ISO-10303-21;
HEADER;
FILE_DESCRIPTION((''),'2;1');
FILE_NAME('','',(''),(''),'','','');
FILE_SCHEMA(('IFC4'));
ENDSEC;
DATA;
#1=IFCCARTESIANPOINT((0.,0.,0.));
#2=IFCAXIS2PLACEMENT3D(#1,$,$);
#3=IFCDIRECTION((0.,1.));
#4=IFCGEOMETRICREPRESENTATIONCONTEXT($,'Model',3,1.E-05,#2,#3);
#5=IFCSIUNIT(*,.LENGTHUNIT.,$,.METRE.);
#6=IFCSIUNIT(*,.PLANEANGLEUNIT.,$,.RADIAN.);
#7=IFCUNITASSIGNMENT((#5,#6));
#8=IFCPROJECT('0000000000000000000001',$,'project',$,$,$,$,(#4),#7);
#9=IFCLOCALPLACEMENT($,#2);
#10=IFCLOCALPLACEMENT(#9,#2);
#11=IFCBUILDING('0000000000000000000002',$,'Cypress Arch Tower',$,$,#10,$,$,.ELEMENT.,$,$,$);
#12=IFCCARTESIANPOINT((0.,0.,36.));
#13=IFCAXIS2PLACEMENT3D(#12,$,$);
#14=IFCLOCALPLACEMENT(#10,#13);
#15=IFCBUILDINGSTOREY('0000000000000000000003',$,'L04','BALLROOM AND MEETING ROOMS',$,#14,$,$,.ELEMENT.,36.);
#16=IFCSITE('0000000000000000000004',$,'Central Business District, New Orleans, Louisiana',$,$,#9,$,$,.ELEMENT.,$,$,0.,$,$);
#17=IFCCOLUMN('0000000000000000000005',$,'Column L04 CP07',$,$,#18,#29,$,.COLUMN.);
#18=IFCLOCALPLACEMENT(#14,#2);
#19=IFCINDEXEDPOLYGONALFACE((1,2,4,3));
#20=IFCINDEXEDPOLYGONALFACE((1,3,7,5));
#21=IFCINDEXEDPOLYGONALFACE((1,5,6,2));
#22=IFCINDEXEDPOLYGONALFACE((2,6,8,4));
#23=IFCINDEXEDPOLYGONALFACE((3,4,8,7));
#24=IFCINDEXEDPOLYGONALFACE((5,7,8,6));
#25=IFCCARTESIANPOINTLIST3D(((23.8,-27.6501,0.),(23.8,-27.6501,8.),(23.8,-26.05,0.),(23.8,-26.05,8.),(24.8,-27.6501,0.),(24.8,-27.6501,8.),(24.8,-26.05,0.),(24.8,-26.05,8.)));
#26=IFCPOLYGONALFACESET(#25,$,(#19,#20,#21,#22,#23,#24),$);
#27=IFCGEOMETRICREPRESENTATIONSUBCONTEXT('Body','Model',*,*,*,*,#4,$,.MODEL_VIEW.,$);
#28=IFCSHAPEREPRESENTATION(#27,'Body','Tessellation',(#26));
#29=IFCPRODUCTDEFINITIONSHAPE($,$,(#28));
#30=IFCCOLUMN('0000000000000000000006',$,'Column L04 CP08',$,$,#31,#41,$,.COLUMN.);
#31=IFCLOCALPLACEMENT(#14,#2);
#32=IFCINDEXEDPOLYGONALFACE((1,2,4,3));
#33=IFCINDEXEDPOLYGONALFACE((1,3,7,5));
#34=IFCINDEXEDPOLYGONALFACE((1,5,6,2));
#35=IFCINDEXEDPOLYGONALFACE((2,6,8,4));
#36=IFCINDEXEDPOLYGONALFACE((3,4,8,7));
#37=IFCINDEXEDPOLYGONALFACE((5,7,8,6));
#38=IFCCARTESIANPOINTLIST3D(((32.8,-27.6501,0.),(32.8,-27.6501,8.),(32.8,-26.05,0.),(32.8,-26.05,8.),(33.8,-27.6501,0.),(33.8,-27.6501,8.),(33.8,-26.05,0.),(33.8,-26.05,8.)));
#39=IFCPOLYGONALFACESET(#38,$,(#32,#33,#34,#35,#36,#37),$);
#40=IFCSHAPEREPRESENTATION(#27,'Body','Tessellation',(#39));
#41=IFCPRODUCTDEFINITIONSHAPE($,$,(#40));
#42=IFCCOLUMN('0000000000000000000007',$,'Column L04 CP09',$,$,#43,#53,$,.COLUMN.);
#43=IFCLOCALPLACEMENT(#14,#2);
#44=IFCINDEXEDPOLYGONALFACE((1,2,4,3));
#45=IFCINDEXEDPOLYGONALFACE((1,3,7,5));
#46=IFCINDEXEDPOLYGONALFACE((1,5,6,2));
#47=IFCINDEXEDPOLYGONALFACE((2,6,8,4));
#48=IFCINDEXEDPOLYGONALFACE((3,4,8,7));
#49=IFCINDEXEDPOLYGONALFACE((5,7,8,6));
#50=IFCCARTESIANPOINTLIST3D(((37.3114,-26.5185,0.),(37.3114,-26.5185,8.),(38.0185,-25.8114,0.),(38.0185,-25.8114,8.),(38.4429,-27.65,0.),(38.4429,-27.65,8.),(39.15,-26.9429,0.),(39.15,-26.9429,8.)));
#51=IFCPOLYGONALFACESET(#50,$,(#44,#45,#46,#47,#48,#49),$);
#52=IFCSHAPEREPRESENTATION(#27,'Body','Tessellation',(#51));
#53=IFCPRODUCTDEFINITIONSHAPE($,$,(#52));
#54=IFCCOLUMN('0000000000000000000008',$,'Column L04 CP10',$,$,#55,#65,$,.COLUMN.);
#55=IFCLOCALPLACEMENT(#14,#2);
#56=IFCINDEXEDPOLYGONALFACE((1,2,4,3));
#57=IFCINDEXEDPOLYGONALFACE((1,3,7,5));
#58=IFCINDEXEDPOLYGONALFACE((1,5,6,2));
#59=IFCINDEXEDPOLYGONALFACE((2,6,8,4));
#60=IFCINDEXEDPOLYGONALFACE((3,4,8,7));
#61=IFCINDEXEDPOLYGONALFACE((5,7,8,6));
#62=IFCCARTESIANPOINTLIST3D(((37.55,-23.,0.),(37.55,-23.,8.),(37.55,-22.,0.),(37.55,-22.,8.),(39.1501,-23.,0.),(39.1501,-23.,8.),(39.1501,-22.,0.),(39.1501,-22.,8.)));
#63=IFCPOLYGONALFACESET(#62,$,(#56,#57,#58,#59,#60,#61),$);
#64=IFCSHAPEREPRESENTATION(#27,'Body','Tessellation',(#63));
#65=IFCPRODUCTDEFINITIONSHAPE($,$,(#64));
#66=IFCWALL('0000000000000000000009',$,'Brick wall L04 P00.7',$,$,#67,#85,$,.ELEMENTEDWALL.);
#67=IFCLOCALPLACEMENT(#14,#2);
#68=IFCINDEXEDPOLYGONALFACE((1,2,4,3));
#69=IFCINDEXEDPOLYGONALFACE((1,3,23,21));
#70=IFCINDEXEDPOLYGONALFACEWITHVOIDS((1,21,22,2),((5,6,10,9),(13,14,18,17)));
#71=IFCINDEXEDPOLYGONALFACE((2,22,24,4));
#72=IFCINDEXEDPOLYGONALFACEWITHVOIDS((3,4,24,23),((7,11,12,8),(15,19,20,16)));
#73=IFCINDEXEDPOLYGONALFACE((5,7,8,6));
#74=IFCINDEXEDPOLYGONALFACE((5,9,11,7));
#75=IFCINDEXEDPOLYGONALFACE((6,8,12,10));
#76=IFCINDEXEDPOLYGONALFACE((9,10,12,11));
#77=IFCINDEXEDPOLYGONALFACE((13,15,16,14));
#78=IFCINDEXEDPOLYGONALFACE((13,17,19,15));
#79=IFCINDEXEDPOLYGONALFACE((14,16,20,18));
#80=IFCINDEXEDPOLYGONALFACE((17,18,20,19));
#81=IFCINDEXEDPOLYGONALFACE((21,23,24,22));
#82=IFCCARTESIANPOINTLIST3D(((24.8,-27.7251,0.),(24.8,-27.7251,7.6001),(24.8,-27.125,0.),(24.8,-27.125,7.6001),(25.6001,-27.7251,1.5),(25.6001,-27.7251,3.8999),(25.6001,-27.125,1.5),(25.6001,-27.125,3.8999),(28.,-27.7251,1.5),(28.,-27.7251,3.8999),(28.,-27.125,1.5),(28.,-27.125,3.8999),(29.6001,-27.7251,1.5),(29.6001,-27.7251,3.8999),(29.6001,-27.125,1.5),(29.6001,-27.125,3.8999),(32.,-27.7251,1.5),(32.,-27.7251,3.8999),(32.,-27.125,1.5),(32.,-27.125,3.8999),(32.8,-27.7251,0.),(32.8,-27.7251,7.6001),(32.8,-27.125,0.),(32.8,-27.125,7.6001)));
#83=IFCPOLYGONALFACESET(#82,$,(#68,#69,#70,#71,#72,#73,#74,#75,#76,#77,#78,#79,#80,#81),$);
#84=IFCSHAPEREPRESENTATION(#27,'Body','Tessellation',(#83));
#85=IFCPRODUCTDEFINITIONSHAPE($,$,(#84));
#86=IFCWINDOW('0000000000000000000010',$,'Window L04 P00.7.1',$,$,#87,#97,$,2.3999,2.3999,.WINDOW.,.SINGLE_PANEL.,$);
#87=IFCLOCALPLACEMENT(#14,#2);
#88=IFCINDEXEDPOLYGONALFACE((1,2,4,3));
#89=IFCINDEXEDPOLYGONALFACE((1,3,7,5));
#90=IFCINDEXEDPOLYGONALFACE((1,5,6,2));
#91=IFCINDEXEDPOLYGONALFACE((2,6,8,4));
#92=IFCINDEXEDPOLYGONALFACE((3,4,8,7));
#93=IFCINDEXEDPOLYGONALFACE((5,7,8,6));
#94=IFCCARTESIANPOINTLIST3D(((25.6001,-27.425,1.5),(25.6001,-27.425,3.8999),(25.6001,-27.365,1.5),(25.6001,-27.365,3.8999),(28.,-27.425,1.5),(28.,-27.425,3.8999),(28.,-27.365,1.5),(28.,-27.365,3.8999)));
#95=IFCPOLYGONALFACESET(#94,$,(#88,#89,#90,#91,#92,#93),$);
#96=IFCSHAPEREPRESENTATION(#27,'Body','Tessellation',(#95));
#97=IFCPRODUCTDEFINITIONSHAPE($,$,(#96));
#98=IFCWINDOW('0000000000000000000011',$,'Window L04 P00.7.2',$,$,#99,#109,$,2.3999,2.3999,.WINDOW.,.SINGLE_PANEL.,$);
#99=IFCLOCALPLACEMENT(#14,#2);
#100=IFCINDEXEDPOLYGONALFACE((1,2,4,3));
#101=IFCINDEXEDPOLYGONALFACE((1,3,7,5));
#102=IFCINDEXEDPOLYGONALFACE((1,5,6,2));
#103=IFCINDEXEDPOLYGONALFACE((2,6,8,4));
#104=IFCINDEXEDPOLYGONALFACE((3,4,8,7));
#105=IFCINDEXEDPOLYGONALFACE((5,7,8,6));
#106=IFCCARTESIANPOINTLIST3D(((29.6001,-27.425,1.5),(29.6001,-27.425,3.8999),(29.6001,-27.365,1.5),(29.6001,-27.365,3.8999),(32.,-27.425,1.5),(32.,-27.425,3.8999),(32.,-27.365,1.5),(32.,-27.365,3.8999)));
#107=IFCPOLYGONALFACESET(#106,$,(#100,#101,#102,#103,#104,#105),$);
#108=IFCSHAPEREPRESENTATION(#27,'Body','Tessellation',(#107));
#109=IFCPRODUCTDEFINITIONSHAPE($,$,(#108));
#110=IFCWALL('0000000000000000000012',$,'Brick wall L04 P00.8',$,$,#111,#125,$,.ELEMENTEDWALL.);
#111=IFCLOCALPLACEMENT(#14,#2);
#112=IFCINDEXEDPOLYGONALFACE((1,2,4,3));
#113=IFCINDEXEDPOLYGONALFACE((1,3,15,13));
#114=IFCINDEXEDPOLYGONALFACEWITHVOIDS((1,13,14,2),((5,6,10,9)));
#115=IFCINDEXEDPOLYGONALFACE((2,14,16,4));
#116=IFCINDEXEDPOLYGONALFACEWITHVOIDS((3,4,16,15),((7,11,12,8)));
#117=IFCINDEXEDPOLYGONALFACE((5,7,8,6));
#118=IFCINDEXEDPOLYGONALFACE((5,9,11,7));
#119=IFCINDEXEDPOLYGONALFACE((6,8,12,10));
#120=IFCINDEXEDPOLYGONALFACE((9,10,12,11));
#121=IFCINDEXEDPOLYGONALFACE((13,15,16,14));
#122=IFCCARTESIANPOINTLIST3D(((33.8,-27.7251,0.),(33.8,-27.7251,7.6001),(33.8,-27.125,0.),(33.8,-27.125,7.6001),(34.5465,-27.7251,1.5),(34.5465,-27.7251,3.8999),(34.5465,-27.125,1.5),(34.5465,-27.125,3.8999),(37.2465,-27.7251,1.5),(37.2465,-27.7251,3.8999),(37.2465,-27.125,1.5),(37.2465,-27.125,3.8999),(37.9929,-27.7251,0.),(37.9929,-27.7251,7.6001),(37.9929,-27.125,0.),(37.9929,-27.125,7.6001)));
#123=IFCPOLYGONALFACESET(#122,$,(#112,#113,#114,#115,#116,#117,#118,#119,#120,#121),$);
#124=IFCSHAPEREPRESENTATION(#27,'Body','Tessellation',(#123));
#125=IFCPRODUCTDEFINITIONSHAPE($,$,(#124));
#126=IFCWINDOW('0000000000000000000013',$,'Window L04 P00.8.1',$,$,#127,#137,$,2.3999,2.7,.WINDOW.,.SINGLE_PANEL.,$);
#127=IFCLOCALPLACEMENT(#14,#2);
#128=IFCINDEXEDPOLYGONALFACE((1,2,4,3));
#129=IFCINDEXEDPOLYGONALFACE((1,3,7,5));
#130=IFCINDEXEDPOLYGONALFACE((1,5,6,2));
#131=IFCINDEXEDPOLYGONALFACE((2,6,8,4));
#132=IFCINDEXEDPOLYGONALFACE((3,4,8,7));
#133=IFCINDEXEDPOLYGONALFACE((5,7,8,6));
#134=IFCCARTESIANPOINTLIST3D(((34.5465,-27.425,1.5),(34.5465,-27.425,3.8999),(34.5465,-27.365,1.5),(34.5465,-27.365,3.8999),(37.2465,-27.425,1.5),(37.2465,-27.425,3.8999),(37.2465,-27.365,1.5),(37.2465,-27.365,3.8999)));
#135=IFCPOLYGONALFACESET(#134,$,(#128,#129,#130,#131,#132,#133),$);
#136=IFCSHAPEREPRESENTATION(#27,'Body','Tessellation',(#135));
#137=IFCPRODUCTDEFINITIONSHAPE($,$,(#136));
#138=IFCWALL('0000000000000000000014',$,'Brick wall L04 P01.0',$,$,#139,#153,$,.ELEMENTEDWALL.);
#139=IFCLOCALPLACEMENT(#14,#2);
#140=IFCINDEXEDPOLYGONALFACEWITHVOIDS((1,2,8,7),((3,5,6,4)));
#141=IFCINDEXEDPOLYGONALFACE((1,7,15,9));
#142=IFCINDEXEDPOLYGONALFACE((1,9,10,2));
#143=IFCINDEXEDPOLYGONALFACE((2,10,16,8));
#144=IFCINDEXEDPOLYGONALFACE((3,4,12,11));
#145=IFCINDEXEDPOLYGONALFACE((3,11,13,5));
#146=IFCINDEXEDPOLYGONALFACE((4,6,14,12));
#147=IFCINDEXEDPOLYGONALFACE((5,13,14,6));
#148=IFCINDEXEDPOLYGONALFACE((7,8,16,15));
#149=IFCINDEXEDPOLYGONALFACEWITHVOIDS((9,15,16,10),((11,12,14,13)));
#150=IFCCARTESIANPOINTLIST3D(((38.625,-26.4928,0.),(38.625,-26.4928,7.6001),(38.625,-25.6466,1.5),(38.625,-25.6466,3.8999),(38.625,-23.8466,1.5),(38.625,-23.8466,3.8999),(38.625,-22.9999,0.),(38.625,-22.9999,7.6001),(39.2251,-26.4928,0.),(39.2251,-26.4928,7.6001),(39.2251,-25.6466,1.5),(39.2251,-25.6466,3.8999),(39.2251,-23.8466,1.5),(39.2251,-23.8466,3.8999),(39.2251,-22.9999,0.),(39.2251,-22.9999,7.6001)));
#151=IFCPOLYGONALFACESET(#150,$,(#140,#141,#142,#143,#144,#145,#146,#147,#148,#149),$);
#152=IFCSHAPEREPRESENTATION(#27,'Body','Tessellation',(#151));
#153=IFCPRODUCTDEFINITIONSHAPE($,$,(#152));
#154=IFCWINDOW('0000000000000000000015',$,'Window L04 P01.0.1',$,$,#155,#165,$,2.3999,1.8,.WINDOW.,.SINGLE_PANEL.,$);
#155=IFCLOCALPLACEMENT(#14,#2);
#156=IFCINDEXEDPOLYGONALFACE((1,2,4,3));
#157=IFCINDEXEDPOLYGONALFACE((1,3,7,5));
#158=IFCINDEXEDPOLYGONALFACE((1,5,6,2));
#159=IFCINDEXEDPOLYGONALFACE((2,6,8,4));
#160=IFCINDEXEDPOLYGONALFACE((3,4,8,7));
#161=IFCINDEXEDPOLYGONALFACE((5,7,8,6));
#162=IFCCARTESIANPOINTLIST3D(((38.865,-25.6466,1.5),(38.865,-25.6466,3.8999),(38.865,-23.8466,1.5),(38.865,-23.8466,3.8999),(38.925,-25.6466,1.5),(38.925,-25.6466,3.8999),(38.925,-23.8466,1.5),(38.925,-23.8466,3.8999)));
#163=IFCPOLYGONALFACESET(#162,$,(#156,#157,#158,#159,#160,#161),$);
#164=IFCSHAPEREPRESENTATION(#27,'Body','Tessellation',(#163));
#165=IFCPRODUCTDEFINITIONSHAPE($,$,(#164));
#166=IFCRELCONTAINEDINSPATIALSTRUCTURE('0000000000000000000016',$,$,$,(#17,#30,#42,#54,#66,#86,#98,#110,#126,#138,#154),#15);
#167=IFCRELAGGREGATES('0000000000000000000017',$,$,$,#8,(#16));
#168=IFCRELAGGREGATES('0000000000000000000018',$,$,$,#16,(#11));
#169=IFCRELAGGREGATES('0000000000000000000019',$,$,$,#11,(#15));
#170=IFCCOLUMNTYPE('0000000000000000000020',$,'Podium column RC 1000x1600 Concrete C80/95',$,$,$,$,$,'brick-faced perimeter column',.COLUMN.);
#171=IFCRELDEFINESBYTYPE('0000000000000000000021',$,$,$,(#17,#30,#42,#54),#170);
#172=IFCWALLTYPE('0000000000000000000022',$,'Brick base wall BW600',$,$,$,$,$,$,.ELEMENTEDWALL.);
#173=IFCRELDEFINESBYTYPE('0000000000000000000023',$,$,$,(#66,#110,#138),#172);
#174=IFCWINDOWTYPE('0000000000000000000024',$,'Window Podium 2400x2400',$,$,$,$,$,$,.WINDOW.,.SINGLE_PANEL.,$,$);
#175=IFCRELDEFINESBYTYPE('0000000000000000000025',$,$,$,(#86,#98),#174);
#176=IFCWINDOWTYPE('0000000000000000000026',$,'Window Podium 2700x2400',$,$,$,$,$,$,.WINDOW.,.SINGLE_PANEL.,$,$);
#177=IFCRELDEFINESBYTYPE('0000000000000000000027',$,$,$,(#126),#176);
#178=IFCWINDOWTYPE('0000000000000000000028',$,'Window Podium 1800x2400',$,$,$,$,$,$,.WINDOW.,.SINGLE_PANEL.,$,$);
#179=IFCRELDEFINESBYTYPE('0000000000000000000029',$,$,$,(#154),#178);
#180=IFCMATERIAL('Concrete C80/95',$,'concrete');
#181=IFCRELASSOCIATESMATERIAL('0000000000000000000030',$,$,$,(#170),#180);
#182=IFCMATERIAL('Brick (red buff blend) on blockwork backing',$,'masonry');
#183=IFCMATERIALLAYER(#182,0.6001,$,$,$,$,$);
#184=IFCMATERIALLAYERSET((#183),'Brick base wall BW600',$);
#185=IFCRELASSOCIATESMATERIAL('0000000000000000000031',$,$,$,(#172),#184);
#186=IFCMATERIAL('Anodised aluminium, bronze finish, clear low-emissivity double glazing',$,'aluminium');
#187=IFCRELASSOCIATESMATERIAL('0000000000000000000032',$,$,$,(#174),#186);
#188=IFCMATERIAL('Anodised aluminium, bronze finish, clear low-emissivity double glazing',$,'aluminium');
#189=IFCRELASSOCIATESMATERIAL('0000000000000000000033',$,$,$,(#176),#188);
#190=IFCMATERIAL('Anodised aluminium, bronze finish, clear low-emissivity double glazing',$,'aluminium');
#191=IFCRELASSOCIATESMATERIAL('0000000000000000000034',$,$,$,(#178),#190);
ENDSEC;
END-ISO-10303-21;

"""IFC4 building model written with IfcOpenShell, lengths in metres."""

from ifc_helpers import new_model, si_unit, direction, frame, frame_2d, origin, origin_2d, place, context, subcontext, project, spatial, rectangle, extrude, material, layer, layer_set, material_profile, profile_set, type_object, element, fill, save


model = new_model("IFC4")

# Units and contexts
model_context = context("Model", 3, precision=1e-05, world=origin(), true_north=direction((0.0, 1.0)))
body_context = subcontext(model_context, "Body", "Model", "MODEL_VIEW")
ifc_project = project(units=[si_unit("LENGTHUNIT", "METRE"), si_unit("PLANEANGLEUNIT", "RADIAN")], contexts=[model_context])

# Site, building, storey
site_placement = place(None, origin())
site = spatial("IfcSite", under=ifc_project, at=site_placement, Name="Central Business District, New Orleans, Louisiana", CompositionType="ELEMENT", RefElevation=0.0)
building_placement = place(site_placement, origin())
building = spatial("IfcBuilding", under=site, at=building_placement, Name="Cypress Arch Tower", CompositionType="ELEMENT")
storey_placement = place(building_placement, frame((0.0, 0.0, 36.0)))
storey = spatial("IfcBuildingStorey", under=building, at=storey_placement, Name="L04", Description="BALLROOM AND MEETING ROOMS", CompositionType="ELEMENT", Elevation=36.0)

# Columns
ifc_material_1 = material(Name="Concrete C80/95", Category="concrete")
ifc_material_profile = material_profile(ifc_material_1, rectangle(XDim=1.0, YDim=1.6001, at=origin_2d()), Name="RC 1000x1600")
ifc_profile_set = profile_set([ifc_material_profile], Name="Concrete C80/95")
column_type = type_object("IfcColumnType", Name="Podium column RC 1000x1600 Concrete C80/95", ElementType="brick-faced perimeter column", PredefinedType="COLUMN", material=ifc_profile_set)
for number, where, z_axis, x_axis, name in (
    (1, (24.3, -26.8501, 0.0), (0.0, 0.0, 1.0), (1.0, 0.0, 0.0), "Column L04 CP07"),
    (2, (33.3, -26.8501, 0.0), (0.0, 0.0, 1.0), (1.0, 0.0, 0.0), "Column L04 CP08"),
    (3, (38.2307, -26.7307, 0.0), (0.0, 0.0, 1.0), (0.707107, 0.707107, 0.0), "Column L04 CP09"),
    (4, (38.3501, -22.5, 0.0), (0.0, 0.0, 1.0), (0.0, 1.0, 0.0), "Column L04 CP10"),
):
    element("IfcColumn", number, at=place(storey_placement, frame(where, z_axis=z_axis, x_axis=x_axis)), inside=storey, type_object=column_type, Name=name, PredefinedType="COLUMN", context=body_context, shape_type="SweptSolid", body=[
        extrude(rectangle(XDim=1.0, YDim=1.6001, at=origin_2d()), origin(), (0.0, 0.0, 1.0), 8.0),
    ])

# Wall, openings, windows
ifc_material_2 = material(Name="Brick (red buff blend) on blockwork backing", Category="masonry")
ifc_layer_1 = layer(ifc_material_2, 0.6001)
ifc_layer_set_1 = layer_set([ifc_layer_1], Name="Brick base wall BW600")
wall_type_1 = type_object("IfcWallType", Name="Brick base wall BW600", PredefinedType="ELEMENTEDWALL", material=ifc_layer_set_1)
wall_1_placement = place(storey_placement, frame((24.8, -27.425, 0.0), z_axis=(0.0, 0.0, 1.0), x_axis=(1.0, 0.0, 0.0)))
wall_1 = element("IfcWall", 5, at=wall_1_placement, inside=storey, type_object=wall_type_1, Name="Brick wall L04 P00.7", PredefinedType="ELEMENTEDWALL", context=body_context, shape_type="SweptSolid", body=[
    extrude(rectangle(XDim=8.0, YDim=0.6001, at=frame_2d((4.0, 0.0))), origin(), (0.0, 0.0, 1.0), 7.6001),
])
opening_1_placement = place(wall_1_placement, frame((0.8, 0.0, 1.5)))
opening_1 = element("IfcOpeningElement", 6, at=opening_1_placement, cuts=wall_1, PredefinedType="OPENING", context=body_context, shape_type="SweptSolid", body=[
    extrude(rectangle(XDim=2.3999, YDim=2.3999, at=frame_2d((1.2, 1.2))), frame((0.0, 0.3101, 0.0), z_axis=(0.0, -1.0, 0.0), x_axis=(1.0, 0.0, 0.0)), (0.0, 0.0, 1.0), 0.6201),
])
opening_2_placement = place(wall_1_placement, frame((4.8, 0.0, 1.5)))
opening_2 = element("IfcOpeningElement", 7, at=opening_2_placement, cuts=wall_1, PredefinedType="OPENING", context=body_context, shape_type="SweptSolid", body=[
    extrude(rectangle(XDim=2.3999, YDim=2.3999, at=frame_2d((1.2, 1.2))), frame((0.0, 0.3101, 0.0), z_axis=(0.0, -1.0, 0.0), x_axis=(1.0, 0.0, 0.0)), (0.0, 0.0, 1.0), 0.6201),
])
ifc_material_3 = material(Name="Anodised aluminium, bronze finish, clear low-emissivity double glazing", Category="aluminium")
window_type_1 = type_object("IfcWindowType", Name="Window Podium 2400x2400", PartitioningType="SINGLE_PANEL", PredefinedType="WINDOW", material=ifc_material_3)
window_1_placement = place(opening_1_placement, origin())
window_1 = element("IfcWindow", 8, at=window_1_placement, inside=storey, type_object=window_type_1, Name="Window L04 P00.7.1", OverallHeight=2.3999, OverallWidth=2.3999, PartitioningType="SINGLE_PANEL", PredefinedType="WINDOW", context=body_context, shape_type="SweptSolid", body=[
    extrude(rectangle(XDim=2.3999, YDim=2.3999, at=frame_2d((1.2, 1.2))), frame((0.0, 0.0601, 0.0), z_axis=(0.0, -1.0, 0.0), x_axis=(1.0, 0.0, 0.0)), (0.0, 0.0, 1.0), 0.0601),
])
fill(opening_1, window_1)
window_2_placement = place(opening_2_placement, origin())
window_2 = element("IfcWindow", 9, at=window_2_placement, inside=storey, type_object=window_type_1, Name="Window L04 P00.7.2", OverallHeight=2.3999, OverallWidth=2.3999, PartitioningType="SINGLE_PANEL", PredefinedType="WINDOW", context=body_context, shape_type="SweptSolid", body=[
    extrude(rectangle(XDim=2.3999, YDim=2.3999, at=frame_2d((1.2, 1.2))), frame((0.0, 0.0601, 0.0), z_axis=(0.0, -1.0, 0.0), x_axis=(1.0, 0.0, 0.0)), (0.0, 0.0, 1.0), 0.0601),
])
fill(opening_2, window_2)

# Walls, openings, windows
wall_2_placement = place(storey_placement, frame((33.8, -27.425, 0.0), z_axis=(0.0, 0.0, 1.0), x_axis=(1.0, 0.0, 0.0)))
wall_2 = element("IfcWall", 10, at=wall_2_placement, inside=storey, type_object=wall_type_1, Name="Brick wall L04 P00.8", PredefinedType="ELEMENTEDWALL", context=body_context, shape_type="SweptSolid", body=[
    extrude(rectangle(XDim=4.1929, YDim=0.6001, at=frame_2d((2.0964, 0.0))), origin(), (0.0, 0.0, 1.0), 7.6001),
])
opening_3_placement = place(wall_2_placement, frame((0.7463, 0.0, 1.5)))
opening_3 = element("IfcOpeningElement", 11, at=opening_3_placement, cuts=wall_2, PredefinedType="OPENING", context=body_context, shape_type="SweptSolid", body=[
    extrude(rectangle(XDim=2.7, YDim=2.3999, at=frame_2d((1.3501, 1.2))), frame((0.0, 0.3101, 0.0), z_axis=(0.0, -1.0, 0.0), x_axis=(1.0, 0.0, 0.0)), (0.0, 0.0, 1.0), 0.6201),
])
ifc_material_4 = material(Name="Anodised aluminium, bronze finish, clear low-emissivity double glazing", Category="aluminium")
window_type_2 = type_object("IfcWindowType", Name="Window Podium 2700x2400", PartitioningType="SINGLE_PANEL", PredefinedType="WINDOW", material=ifc_material_4)
window_3_placement = place(opening_3_placement, origin())
window_3 = element("IfcWindow", 12, at=window_3_placement, inside=storey, type_object=window_type_2, Name="Window L04 P00.8.1", OverallHeight=2.3999, OverallWidth=2.7, PartitioningType="SINGLE_PANEL", PredefinedType="WINDOW", context=body_context, shape_type="SweptSolid", body=[
    extrude(rectangle(XDim=2.7, YDim=2.3999, at=frame_2d((1.3501, 1.2))), frame((0.0, 0.0601, 0.0), z_axis=(0.0, -1.0, 0.0), x_axis=(1.0, 0.0, 0.0)), (0.0, 0.0, 1.0), 0.0601),
])
fill(opening_3, window_3)
wall_3_placement = place(storey_placement, frame((38.925, -26.4929, 0.0), z_axis=(0.0, 0.0, 1.0), x_axis=(0.0, 1.0, 0.0)))
wall_3 = element("IfcWall", 13, at=wall_3_placement, inside=storey, type_object=wall_type_1, Name="Brick wall L04 P01.0", PredefinedType="ELEMENTEDWALL", context=body_context, shape_type="SweptSolid", body=[
    extrude(rectangle(XDim=3.4929, YDim=0.6001, at=frame_2d((1.7466, 0.0))), origin(), (0.0, 0.0, 1.0), 7.6001),
])
opening_4_placement = place(wall_3_placement, frame((0.8464, 0.0, 1.5)))
opening_4 = element("IfcOpeningElement", 14, at=opening_4_placement, cuts=wall_3, PredefinedType="OPENING", context=body_context, shape_type="SweptSolid", body=[
    extrude(rectangle(XDim=1.8, YDim=2.3999, at=frame_2d((0.8999, 1.2))), frame((0.0, 0.3101, 0.0), z_axis=(0.0, -1.0, 0.0), x_axis=(1.0, 0.0, 0.0)), (0.0, 0.0, 1.0), 0.6201),
])
ifc_material_5 = material(Name="Anodised aluminium, bronze finish, clear low-emissivity double glazing", Category="aluminium")
window_type_3 = type_object("IfcWindowType", Name="Window Podium 1800x2400", PartitioningType="SINGLE_PANEL", PredefinedType="WINDOW", material=ifc_material_5)
window_4_placement = place(opening_4_placement, origin())
window_4 = element("IfcWindow", 15, at=window_4_placement, inside=storey, type_object=window_type_3, Name="Window L04 P01.0.1", OverallHeight=2.3999, OverallWidth=1.8, PartitioningType="SINGLE_PANEL", PredefinedType="WINDOW", context=body_context, shape_type="SweptSolid", body=[
    extrude(rectangle(XDim=1.8, YDim=2.3999, at=frame_2d((0.8999, 1.2))), frame((0.0, 0.0601, 0.0), z_axis=(0.0, -1.0, 0.0), x_axis=(1.0, 0.0, 0.0)), (0.0, 0.0, 1.0), 0.0601),
])
fill(opening_4, window_4)

save(model, "model.ifc")
